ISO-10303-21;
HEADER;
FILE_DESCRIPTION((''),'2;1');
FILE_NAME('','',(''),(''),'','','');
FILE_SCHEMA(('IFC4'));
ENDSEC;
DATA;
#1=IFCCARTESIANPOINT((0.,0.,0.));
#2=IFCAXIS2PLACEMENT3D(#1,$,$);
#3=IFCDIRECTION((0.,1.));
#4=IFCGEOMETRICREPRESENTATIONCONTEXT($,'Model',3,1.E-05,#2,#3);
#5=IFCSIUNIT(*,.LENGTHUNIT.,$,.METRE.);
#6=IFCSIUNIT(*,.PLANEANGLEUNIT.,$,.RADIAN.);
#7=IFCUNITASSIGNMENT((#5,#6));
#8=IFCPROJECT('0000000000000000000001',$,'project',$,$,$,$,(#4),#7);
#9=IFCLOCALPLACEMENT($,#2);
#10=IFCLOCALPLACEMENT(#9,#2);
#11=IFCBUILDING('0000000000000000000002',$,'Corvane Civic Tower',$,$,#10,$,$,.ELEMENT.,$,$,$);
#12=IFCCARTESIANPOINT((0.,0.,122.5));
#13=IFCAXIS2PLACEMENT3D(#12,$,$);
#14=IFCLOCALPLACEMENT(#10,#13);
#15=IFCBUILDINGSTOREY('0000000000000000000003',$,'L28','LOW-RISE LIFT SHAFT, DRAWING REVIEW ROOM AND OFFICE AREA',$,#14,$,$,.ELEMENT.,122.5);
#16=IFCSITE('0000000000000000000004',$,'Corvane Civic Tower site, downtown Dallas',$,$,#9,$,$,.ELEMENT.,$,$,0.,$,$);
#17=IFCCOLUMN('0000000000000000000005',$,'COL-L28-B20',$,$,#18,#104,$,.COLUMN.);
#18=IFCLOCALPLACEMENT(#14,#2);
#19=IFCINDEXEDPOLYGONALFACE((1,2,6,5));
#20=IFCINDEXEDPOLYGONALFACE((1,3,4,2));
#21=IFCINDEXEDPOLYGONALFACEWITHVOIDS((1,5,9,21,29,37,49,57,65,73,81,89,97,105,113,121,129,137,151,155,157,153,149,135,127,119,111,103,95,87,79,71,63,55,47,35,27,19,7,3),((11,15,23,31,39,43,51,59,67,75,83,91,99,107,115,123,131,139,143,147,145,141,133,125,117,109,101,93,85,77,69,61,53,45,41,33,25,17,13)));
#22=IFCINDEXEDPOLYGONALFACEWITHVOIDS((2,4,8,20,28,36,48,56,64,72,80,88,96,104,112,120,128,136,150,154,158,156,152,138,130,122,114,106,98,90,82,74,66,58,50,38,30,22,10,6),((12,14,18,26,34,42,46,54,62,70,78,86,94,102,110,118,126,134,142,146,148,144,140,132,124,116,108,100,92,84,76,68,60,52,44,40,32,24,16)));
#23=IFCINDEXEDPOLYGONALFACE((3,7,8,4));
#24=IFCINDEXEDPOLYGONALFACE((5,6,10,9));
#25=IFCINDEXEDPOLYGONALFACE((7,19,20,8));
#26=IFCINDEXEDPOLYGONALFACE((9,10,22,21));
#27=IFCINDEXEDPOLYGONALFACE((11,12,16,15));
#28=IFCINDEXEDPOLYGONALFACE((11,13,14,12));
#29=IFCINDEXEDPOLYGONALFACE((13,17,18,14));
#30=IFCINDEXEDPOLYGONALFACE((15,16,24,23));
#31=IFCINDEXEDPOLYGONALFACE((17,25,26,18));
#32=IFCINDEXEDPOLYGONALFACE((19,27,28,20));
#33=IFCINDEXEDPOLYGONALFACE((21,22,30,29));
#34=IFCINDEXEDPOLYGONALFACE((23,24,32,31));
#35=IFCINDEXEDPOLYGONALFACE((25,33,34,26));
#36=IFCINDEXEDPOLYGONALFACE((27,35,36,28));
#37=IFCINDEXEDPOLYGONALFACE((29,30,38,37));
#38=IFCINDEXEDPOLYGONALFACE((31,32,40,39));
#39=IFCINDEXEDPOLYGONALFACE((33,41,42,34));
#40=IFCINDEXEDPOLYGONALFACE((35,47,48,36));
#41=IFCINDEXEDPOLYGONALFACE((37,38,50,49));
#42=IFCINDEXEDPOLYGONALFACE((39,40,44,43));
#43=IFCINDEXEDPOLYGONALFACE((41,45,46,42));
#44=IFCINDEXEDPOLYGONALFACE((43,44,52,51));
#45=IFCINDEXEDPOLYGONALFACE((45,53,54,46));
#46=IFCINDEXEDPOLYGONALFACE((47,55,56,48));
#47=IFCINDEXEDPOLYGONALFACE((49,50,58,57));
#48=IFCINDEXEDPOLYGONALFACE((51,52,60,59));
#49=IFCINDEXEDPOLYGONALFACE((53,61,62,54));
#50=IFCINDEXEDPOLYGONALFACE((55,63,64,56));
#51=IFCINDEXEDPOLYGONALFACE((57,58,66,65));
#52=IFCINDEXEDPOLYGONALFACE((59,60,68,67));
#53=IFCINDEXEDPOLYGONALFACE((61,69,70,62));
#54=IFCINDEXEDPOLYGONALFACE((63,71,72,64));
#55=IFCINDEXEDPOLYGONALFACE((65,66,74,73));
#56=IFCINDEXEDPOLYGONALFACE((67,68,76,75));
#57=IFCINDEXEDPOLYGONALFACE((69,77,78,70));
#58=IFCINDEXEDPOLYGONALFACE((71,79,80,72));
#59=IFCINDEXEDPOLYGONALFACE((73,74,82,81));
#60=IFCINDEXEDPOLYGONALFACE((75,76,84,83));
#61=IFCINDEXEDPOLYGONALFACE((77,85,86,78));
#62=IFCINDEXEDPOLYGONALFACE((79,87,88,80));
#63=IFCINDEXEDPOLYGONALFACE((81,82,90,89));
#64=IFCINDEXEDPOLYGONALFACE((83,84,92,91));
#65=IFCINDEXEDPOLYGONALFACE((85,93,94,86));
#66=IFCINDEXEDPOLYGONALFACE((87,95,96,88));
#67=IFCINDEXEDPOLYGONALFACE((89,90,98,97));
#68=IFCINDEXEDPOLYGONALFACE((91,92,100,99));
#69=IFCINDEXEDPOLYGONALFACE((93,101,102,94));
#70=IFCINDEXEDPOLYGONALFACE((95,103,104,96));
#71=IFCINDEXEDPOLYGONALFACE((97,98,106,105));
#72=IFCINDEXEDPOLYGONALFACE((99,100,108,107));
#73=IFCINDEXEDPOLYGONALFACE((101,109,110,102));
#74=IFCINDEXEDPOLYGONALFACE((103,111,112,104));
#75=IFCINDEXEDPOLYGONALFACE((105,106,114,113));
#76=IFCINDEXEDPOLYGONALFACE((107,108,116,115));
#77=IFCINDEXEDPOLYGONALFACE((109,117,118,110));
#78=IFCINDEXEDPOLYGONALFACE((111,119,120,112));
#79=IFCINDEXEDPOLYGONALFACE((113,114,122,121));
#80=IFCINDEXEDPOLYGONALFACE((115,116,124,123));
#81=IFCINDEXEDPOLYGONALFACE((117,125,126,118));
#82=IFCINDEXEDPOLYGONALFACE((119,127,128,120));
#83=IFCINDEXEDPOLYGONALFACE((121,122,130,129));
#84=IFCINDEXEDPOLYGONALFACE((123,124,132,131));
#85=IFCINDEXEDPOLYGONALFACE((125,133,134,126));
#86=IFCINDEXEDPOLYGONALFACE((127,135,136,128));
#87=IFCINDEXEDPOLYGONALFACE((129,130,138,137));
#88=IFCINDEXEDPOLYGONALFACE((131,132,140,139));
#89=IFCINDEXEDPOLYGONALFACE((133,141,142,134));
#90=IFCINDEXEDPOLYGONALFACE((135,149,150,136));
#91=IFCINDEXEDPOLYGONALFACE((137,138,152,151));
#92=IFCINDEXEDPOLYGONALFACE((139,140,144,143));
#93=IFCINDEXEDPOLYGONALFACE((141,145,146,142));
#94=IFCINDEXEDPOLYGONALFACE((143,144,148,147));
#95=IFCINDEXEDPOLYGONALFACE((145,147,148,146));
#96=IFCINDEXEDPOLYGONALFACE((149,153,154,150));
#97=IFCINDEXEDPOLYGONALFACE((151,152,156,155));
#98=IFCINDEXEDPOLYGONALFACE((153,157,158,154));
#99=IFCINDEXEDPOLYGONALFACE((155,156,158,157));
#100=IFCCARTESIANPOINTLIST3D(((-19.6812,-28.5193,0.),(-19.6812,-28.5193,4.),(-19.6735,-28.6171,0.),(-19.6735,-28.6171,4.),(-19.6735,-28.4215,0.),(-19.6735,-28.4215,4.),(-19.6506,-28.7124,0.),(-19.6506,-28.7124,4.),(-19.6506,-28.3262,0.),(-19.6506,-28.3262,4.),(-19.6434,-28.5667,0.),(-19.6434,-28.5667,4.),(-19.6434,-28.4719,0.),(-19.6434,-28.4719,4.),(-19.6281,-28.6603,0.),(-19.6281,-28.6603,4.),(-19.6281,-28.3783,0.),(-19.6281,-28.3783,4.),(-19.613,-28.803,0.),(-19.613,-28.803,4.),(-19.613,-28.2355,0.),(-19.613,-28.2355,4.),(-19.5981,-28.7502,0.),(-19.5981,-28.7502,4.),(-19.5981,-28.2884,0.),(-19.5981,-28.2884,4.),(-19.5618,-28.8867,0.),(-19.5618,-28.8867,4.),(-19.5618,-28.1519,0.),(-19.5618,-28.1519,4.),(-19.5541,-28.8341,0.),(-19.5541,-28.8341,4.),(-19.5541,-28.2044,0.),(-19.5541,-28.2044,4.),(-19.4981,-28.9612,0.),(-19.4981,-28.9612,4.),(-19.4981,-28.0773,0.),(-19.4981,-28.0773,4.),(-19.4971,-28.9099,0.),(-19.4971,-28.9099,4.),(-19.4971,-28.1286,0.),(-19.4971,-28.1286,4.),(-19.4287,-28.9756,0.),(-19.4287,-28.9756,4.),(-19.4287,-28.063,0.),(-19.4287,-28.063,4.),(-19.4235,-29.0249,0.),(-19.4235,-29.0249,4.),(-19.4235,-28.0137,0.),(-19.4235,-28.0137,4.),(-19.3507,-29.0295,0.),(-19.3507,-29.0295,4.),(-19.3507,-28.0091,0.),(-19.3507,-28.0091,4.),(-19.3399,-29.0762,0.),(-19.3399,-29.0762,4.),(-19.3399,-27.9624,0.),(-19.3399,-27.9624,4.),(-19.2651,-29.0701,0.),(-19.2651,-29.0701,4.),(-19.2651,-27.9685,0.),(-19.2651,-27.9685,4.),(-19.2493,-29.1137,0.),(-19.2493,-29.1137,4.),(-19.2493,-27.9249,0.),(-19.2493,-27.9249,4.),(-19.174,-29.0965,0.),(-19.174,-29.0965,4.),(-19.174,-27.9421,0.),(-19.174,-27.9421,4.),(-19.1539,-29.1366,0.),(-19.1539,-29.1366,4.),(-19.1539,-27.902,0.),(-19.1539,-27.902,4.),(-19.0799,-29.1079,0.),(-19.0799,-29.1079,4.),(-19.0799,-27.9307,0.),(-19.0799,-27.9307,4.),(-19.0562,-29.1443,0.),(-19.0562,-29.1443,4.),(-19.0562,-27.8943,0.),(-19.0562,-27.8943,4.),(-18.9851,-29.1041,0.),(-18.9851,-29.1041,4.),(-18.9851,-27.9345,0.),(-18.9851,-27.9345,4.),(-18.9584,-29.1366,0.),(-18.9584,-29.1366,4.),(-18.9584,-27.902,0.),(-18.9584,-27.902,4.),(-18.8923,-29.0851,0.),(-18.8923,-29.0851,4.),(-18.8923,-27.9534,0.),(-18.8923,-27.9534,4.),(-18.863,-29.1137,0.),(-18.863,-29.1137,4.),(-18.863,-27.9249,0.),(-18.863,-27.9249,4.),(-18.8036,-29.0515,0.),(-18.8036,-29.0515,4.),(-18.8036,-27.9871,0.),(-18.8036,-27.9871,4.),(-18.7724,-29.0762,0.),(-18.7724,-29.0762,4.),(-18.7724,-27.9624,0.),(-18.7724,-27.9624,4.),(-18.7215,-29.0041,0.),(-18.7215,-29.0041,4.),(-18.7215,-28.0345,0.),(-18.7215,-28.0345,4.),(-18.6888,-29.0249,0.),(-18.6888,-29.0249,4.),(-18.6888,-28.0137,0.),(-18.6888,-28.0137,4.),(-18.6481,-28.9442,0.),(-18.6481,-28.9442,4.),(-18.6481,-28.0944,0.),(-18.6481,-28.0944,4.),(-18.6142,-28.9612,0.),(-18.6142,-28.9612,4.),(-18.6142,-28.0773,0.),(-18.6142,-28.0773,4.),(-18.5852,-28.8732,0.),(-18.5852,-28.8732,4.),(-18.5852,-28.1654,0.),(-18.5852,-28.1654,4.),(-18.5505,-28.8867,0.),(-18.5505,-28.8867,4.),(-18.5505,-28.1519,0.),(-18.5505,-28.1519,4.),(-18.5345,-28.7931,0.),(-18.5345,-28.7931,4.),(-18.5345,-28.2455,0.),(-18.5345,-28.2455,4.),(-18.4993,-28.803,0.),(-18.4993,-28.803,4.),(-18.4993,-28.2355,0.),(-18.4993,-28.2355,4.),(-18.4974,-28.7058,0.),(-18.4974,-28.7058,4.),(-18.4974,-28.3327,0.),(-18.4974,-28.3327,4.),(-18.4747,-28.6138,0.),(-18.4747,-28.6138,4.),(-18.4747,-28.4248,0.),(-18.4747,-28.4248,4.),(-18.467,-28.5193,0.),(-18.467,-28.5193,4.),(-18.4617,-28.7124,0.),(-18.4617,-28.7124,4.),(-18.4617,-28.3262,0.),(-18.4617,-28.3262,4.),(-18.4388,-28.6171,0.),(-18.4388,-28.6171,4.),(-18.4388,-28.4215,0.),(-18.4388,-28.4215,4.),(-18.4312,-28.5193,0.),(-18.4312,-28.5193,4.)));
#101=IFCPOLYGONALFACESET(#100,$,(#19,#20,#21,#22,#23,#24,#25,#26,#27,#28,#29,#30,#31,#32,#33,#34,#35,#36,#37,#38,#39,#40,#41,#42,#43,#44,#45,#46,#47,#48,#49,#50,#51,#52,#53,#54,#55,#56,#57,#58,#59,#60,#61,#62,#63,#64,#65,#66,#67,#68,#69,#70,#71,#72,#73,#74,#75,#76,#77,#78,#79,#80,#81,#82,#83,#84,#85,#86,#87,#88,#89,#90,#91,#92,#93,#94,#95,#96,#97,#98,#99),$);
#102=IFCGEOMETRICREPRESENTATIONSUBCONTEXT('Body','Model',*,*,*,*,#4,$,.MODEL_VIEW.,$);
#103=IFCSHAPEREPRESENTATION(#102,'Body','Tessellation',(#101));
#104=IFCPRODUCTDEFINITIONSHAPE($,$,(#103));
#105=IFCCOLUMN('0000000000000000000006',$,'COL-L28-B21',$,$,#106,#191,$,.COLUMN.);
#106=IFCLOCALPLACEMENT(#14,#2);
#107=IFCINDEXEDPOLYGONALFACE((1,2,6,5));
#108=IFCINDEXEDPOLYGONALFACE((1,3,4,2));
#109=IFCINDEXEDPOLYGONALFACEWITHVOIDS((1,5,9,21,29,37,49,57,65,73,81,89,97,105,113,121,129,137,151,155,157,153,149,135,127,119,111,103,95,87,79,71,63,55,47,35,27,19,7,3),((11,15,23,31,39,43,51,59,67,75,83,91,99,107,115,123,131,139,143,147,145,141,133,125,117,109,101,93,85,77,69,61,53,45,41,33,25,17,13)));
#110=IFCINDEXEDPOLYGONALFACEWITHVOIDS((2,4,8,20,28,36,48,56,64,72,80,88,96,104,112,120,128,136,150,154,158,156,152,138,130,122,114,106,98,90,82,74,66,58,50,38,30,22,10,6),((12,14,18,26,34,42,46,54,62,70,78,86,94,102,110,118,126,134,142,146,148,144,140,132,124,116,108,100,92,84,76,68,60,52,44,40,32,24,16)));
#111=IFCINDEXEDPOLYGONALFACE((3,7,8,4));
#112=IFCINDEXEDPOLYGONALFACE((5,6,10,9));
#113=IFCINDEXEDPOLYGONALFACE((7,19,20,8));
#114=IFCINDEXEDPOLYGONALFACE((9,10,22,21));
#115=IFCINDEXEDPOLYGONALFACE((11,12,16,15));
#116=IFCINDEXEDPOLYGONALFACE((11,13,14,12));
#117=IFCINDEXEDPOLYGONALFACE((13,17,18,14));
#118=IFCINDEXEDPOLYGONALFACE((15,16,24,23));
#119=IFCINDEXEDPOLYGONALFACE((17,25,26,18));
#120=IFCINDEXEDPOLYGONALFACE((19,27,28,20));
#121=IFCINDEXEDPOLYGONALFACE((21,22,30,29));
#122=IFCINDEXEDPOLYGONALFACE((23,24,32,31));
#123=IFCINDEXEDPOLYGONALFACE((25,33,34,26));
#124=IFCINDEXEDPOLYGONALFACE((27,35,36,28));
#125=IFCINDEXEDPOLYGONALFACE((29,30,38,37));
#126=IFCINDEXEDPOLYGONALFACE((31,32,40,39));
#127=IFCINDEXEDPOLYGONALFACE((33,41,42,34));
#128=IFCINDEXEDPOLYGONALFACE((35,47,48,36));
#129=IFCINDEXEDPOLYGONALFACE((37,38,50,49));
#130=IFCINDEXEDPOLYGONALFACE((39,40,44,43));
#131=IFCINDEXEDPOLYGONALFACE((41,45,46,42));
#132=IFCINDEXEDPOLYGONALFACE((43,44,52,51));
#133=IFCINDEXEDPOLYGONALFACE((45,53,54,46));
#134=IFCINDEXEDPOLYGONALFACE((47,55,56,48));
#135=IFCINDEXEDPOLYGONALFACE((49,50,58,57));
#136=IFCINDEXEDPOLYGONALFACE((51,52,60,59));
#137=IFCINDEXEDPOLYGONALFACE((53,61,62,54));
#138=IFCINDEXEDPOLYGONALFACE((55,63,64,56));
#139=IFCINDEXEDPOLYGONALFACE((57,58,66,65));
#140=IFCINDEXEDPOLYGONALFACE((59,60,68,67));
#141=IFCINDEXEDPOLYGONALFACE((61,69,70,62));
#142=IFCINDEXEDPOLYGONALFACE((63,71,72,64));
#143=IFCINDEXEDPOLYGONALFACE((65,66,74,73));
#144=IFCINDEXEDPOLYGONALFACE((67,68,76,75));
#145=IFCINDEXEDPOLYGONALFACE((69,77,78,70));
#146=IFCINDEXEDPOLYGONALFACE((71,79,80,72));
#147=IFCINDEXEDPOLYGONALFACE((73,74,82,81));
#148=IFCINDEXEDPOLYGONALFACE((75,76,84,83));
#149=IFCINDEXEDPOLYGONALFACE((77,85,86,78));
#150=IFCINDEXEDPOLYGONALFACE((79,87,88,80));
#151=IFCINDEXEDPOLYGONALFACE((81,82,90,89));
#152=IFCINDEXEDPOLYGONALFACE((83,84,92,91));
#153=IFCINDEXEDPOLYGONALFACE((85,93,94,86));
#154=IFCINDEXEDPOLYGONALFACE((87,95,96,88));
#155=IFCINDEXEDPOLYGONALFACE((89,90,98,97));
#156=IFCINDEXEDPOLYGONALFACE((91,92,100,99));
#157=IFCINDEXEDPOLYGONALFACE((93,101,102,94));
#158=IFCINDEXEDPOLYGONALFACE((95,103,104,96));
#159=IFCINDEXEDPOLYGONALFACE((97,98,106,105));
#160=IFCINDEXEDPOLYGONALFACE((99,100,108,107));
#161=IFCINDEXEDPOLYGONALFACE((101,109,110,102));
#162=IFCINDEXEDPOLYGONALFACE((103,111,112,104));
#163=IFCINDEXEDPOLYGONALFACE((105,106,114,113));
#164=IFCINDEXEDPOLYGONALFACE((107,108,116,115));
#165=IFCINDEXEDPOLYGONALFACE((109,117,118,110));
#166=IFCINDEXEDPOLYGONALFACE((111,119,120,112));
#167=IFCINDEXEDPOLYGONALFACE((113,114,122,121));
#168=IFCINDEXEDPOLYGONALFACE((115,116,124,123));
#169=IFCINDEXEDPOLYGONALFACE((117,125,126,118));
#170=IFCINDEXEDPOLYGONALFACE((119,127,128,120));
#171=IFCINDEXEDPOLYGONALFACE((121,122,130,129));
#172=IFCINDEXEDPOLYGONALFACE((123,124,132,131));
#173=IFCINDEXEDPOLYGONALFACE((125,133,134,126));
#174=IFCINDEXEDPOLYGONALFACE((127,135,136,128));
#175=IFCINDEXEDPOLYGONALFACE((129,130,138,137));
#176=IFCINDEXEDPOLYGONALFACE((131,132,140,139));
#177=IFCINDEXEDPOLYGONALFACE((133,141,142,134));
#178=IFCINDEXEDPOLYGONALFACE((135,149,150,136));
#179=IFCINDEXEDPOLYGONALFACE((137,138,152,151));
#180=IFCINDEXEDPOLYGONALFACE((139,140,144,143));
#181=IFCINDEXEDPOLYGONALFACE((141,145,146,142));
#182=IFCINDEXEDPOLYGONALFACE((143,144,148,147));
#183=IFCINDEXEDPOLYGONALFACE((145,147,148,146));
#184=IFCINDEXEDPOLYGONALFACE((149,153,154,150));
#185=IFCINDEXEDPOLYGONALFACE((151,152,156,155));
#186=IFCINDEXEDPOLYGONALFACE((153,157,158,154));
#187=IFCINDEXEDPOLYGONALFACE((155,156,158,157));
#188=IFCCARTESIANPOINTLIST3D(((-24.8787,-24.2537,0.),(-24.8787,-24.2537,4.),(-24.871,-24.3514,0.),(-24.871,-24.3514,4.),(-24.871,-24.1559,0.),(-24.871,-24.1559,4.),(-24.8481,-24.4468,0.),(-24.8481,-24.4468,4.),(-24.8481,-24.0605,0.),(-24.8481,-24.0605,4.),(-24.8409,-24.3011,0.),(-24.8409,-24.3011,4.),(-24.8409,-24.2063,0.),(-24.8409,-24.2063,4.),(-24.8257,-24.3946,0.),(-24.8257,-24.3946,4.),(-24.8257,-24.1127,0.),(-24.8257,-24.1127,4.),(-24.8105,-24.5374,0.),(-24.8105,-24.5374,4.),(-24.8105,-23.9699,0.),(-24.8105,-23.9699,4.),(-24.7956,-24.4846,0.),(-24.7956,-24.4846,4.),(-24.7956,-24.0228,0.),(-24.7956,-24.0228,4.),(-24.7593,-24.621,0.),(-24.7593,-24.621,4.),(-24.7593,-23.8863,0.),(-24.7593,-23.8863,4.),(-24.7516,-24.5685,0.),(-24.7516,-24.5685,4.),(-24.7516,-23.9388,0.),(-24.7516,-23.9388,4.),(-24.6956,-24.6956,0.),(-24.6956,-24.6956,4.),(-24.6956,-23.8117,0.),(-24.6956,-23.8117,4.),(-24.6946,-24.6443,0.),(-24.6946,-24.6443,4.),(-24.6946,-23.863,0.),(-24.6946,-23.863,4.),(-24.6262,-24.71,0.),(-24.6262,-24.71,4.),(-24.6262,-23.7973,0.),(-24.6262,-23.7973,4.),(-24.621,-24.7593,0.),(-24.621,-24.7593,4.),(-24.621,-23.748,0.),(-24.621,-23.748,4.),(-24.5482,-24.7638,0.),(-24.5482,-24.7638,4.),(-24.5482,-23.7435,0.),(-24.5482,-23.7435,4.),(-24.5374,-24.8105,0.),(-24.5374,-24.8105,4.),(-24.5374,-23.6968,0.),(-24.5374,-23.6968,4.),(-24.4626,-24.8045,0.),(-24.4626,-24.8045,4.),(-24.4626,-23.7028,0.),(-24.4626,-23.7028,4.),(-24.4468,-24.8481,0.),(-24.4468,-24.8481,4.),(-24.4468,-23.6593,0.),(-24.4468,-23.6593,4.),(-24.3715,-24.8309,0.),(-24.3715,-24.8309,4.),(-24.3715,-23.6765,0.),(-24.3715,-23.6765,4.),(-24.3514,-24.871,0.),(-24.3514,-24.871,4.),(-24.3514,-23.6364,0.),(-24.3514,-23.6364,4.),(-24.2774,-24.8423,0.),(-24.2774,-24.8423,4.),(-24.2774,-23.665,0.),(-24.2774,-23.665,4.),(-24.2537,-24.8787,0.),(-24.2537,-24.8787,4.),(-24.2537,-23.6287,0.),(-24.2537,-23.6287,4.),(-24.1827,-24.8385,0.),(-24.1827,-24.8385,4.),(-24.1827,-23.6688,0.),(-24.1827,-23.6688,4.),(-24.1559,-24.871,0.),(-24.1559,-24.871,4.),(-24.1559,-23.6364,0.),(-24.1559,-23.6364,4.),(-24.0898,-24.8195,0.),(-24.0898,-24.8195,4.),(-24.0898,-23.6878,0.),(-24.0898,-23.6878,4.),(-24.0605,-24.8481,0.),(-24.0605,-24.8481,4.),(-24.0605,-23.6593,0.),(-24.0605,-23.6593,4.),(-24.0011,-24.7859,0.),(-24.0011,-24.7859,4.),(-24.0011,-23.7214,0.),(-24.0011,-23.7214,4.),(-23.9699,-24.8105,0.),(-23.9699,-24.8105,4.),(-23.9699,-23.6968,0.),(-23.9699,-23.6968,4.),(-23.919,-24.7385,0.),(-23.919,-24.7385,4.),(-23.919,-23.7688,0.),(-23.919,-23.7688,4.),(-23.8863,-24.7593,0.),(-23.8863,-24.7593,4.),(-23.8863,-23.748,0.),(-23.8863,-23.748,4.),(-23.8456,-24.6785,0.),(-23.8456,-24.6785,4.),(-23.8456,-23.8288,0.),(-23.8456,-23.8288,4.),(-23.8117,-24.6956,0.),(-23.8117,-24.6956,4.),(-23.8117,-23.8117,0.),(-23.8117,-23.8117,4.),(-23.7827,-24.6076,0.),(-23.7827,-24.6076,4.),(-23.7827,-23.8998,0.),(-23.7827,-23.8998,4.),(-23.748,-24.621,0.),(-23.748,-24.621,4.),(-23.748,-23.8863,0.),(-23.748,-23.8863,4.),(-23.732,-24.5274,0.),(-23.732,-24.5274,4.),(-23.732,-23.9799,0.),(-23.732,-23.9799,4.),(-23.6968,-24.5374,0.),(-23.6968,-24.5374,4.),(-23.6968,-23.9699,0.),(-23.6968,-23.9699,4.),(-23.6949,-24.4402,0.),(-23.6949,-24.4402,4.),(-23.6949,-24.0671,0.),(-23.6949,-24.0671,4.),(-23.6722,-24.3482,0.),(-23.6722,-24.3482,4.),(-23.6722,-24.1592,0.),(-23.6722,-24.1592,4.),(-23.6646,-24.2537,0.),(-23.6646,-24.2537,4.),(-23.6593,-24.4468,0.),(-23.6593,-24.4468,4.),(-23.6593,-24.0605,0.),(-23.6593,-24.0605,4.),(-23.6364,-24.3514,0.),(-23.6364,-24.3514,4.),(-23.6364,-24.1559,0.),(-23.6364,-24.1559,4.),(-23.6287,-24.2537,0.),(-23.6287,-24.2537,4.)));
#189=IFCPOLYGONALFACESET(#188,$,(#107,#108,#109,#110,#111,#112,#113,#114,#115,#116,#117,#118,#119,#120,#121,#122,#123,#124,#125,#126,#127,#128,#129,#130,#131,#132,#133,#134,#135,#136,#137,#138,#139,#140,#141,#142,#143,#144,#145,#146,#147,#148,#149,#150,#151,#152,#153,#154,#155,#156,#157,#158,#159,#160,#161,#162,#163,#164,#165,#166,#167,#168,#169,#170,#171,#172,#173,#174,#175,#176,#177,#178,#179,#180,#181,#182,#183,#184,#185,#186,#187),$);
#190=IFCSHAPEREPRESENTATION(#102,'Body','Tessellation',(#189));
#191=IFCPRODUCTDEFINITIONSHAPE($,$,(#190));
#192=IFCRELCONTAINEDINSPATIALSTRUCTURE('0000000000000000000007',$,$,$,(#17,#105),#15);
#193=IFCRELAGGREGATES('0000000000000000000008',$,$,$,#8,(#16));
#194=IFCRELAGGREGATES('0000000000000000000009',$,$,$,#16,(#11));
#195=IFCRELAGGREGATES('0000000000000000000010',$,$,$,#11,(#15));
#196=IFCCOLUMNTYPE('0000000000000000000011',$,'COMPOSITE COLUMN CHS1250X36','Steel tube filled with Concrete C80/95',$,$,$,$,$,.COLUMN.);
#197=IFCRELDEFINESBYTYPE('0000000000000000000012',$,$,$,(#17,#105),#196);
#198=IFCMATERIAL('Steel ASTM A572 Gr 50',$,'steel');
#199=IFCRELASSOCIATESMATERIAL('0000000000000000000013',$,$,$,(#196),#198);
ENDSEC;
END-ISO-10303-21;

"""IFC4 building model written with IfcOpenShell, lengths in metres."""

from ifc_helpers import new_model, si_unit, direction, frame, origin, origin_2d, place, context, subcontext, project, spatial, hollow_circle, extrude, material, material_profile, profile_set, type_object, element, save


model = new_model("IFC4")

# Units and contexts
model_context = context("Model", 3, precision=1e-05, world=origin(), true_north=direction((0.0, 1.0)))
body_context = subcontext(model_context, "Body", "Model", "MODEL_VIEW")
ifc_project = project(units=[si_unit("LENGTHUNIT", "METRE"), si_unit("PLANEANGLEUNIT", "RADIAN")], contexts=[model_context])

# Site, building, storey
site_placement = place(None, origin())
site = spatial("IfcSite", under=ifc_project, at=site_placement, Name="Corvane Civic Tower site, downtown Dallas", CompositionType="ELEMENT", RefElevation=0.0)
building_placement = place(site_placement, origin())
building = spatial("IfcBuilding", under=site, at=building_placement, Name="Corvane Civic Tower", CompositionType="ELEMENT")
storey_placement = place(building_placement, frame((0.0, 0.0, 122.5)))
storey = spatial("IfcBuildingStorey", under=building, at=storey_placement, Name="L28", Description="LOW-RISE LIFT SHAFT, DRAWING REVIEW ROOM AND OFFICE AREA", CompositionType="ELEMENT", Elevation=122.5)

# Columns
ifc_material_1 = material(Name="Steel ASTM A572 Gr 50", Category="steel")
ifc_material_profile_1 = material_profile(ifc_material_1, hollow_circle(Radius=0.625, WallThickness=0.0359, at=origin_2d()), Name="CHS1250X36")
ifc_profile_set_1 = profile_set([ifc_material_profile_1], Name="Steel ASTM A572 Gr 50")
column_type = type_object("IfcColumnType", Name="COMPOSITE COLUMN CHS1250X36", Description="Steel tube filled with Concrete C80/95", PredefinedType="COLUMN", material=ifc_profile_set_1)
for number, where, z_axis, x_axis, name in (
    (1, (-19.0562, -28.5193, 0.0), (0.0, 0.0, 1.0), (1.0, 0.0, 0.0), "COL-L28-B20"),
    (2, (-24.2537, -24.2537, 0.0), (0.0, 0.0, 1.0), (1.0, 0.0, 0.0), "COL-L28-B21"),
):
    element("IfcColumn", number, at=place(storey_placement, frame(where, z_axis=z_axis, x_axis=x_axis)), inside=storey, type_object=column_type, Name=name, PredefinedType="COLUMN", context=body_context, shape_type="SweptSolid", body=[
        extrude(hollow_circle(Radius=0.625, WallThickness=0.0359, at=origin_2d()), origin(), (0.0, 0.0, 1.0), 4.0),
    ])

save(model, "model.ifc")
